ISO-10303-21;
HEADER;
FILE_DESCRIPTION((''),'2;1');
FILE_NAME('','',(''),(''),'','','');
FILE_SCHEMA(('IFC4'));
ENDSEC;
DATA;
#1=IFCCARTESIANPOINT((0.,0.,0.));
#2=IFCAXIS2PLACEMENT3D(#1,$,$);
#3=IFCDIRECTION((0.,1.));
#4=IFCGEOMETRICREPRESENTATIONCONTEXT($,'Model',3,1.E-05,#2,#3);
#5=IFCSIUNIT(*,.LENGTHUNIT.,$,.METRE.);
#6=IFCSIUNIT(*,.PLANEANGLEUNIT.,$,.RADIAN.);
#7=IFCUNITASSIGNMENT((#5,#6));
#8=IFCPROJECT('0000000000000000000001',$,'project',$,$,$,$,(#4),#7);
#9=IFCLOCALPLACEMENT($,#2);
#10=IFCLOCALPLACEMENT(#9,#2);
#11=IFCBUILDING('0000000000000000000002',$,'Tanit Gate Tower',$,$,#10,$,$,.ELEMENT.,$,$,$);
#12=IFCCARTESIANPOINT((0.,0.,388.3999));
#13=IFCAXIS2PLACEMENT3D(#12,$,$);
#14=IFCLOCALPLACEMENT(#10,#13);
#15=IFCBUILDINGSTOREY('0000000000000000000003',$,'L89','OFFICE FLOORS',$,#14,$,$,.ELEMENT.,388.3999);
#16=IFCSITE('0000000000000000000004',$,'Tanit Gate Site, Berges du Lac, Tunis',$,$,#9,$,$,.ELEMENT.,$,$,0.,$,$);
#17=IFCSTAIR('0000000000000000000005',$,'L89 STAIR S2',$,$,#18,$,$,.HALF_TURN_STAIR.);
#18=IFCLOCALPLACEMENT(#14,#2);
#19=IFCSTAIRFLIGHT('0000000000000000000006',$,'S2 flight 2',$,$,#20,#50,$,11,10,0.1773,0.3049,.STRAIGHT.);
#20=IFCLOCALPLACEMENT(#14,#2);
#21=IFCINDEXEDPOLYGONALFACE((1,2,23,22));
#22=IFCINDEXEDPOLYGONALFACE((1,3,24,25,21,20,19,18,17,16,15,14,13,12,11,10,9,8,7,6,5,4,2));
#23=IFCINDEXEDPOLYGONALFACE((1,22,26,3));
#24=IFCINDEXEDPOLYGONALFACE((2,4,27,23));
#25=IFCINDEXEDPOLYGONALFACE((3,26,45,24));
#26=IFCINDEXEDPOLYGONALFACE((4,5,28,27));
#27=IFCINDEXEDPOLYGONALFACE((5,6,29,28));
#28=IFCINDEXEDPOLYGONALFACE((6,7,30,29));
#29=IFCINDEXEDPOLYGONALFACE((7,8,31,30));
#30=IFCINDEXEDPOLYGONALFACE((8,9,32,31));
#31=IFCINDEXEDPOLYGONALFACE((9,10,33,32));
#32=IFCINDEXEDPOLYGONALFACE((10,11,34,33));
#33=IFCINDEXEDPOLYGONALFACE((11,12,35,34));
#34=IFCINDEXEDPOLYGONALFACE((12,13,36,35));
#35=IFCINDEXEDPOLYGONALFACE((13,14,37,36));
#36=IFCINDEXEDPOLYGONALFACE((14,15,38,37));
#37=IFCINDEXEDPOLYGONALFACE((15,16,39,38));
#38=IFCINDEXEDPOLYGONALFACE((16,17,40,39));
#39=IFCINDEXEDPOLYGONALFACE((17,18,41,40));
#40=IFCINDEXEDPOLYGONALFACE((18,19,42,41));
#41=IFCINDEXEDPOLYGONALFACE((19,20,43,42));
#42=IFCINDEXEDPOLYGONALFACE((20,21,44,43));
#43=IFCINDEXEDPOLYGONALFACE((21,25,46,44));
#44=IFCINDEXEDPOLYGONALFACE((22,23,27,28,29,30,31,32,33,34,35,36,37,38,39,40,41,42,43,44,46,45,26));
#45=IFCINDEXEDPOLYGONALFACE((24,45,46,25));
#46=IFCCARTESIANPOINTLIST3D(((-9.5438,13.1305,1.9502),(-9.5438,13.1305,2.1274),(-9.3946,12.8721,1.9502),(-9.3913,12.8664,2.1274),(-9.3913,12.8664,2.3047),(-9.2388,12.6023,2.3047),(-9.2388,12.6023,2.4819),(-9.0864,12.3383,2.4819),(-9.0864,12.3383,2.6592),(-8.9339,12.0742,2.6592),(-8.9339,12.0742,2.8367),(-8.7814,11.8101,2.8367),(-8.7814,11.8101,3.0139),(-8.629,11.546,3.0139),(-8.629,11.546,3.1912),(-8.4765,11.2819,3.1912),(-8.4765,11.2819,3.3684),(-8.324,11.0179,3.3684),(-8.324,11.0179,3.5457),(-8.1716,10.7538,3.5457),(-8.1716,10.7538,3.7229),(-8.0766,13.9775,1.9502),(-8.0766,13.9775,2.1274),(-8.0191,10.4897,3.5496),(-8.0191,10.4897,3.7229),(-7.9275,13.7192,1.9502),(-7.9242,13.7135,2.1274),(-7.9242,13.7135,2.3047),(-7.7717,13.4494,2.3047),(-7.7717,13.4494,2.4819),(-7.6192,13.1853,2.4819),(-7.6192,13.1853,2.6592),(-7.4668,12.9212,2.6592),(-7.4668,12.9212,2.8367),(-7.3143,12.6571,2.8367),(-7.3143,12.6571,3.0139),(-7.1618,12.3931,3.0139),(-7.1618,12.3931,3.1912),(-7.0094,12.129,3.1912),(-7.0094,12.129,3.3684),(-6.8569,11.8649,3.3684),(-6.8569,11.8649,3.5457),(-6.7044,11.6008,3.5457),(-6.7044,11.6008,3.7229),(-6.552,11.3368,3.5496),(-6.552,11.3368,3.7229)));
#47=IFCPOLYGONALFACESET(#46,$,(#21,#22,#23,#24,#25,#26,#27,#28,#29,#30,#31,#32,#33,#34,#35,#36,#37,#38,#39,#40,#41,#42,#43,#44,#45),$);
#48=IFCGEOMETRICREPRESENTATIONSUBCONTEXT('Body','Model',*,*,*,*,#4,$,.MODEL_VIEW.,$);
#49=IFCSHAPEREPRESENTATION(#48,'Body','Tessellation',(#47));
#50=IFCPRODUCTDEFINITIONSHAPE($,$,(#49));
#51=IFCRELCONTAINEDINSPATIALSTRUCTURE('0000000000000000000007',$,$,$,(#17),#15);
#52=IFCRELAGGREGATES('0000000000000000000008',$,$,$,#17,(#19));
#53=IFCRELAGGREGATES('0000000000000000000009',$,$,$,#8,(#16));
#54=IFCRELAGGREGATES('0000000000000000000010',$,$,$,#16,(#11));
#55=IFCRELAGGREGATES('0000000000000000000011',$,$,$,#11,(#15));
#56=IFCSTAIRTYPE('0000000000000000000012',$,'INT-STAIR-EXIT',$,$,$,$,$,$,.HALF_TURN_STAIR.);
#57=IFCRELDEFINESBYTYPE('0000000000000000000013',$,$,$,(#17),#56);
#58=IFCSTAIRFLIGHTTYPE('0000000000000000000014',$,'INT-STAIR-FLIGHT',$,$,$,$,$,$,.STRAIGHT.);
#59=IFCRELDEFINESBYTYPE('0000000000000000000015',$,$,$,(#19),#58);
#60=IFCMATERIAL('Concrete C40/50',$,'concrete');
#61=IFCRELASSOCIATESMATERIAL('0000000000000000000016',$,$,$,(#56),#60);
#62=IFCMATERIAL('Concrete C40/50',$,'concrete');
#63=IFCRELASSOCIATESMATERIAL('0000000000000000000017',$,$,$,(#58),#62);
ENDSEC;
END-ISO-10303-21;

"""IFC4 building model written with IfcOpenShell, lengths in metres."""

from ifc_helpers import new_model, si_unit, direction, frame, origin, place, context, subcontext, project, spatial, polyline, outline, extrude, material, type_object, element, aggregate, save


model = new_model("IFC4")

# Units and contexts
model_context = context("Model", 3, precision=1e-05, world=origin(), true_north=direction((0.0, 1.0)))
body_context = subcontext(model_context, "Body", "Model", "MODEL_VIEW")
ifc_project = project(units=[si_unit("LENGTHUNIT", "METRE"), si_unit("PLANEANGLEUNIT", "RADIAN")], contexts=[model_context])

# Site, building, storey
site_placement = place(None, origin())
site = spatial("IfcSite", under=ifc_project, at=site_placement, Name="Tanit Gate Site, Berges du Lac, Tunis", CompositionType="ELEMENT", RefElevation=0.0)
building_placement = place(site_placement, origin())
building = spatial("IfcBuilding", under=site, at=building_placement, Name="Tanit Gate Tower", CompositionType="ELEMENT")
storey_placement = place(building_placement, frame((0.0, 0.0, 388.3999)))
storey = spatial("IfcBuildingStorey", under=building, at=storey_placement, Name="L89", Description="OFFICE FLOORS", CompositionType="ELEMENT", Elevation=388.3999)

# Stair, stair flight
ifc_material_1 = material(Name="Concrete C40/50", Category="concrete")
stair_type = type_object("IfcStairType", Name="INT-STAIR-EXIT", PredefinedType="HALF_TURN_STAIR", material=ifc_material_1)
stair_placement = place(storey_placement, origin())
stair = element("IfcStair", 1, at=stair_placement, inside=storey, type_object=stair_type, Name="L89 STAIR S2", PredefinedType="HALF_TURN_STAIR")
ifc_material_2 = material(Name="Concrete C40/50", Category="concrete")
stair_flight_type = type_object("IfcStairFlightType", Name="INT-STAIR-FLIGHT", PredefinedType="STRAIGHT", material=ifc_material_2)
stair_flight_placement = place(storey_placement, frame((-8.8103, 13.554, 1.9502), z_axis=(0.0, 0.0, 1.0), x_axis=(0.5, -0.866025, 0.0)))
stair_flight = element("IfcStairFlight", 2, at=stair_flight_placement, type_object=stair_flight_type, Name="S2 flight 2", NumberOfRisers=11, NumberOfTreads=10, PredefinedType="STRAIGHT", RiserHeight=0.1773, TreadLength=0.3049, context=body_context, shape_type="SweptSolid", body=[
    extrude(outline(polyline([(0.0, 0.0), (0.0, 0.1772), (0.3049, 0.1772), (0.3049, 0.3545), (0.6099, 0.3545), (0.6099, 0.5317), (0.9148, 0.5317), (0.9148, 0.709), (1.2197, 0.709), (1.2197, 0.8865), (1.5247, 0.8865), (1.5247, 1.0637), (1.8296, 1.0637), (1.8296, 1.241), (2.1345, 1.241), (2.1345, 1.4182), (2.4395, 1.4182), (2.4395, 1.5955), (2.7444, 1.5955), (2.7444, 1.7727), (3.0493, 1.7727), (3.0493, 1.95), (3.0493, 1.5994), (0.2983, 0.0), (0.0, 0.0)])), frame((0.0, 0.8472, 0.0), z_axis=(0.0, -1.0, 0.0), x_axis=(1.0, 0.0, 0.0)), (0.0, 0.0, 1.0), 1.6941),
])
aggregate(stair, [stair_flight])

save(model, "model.ifc")
